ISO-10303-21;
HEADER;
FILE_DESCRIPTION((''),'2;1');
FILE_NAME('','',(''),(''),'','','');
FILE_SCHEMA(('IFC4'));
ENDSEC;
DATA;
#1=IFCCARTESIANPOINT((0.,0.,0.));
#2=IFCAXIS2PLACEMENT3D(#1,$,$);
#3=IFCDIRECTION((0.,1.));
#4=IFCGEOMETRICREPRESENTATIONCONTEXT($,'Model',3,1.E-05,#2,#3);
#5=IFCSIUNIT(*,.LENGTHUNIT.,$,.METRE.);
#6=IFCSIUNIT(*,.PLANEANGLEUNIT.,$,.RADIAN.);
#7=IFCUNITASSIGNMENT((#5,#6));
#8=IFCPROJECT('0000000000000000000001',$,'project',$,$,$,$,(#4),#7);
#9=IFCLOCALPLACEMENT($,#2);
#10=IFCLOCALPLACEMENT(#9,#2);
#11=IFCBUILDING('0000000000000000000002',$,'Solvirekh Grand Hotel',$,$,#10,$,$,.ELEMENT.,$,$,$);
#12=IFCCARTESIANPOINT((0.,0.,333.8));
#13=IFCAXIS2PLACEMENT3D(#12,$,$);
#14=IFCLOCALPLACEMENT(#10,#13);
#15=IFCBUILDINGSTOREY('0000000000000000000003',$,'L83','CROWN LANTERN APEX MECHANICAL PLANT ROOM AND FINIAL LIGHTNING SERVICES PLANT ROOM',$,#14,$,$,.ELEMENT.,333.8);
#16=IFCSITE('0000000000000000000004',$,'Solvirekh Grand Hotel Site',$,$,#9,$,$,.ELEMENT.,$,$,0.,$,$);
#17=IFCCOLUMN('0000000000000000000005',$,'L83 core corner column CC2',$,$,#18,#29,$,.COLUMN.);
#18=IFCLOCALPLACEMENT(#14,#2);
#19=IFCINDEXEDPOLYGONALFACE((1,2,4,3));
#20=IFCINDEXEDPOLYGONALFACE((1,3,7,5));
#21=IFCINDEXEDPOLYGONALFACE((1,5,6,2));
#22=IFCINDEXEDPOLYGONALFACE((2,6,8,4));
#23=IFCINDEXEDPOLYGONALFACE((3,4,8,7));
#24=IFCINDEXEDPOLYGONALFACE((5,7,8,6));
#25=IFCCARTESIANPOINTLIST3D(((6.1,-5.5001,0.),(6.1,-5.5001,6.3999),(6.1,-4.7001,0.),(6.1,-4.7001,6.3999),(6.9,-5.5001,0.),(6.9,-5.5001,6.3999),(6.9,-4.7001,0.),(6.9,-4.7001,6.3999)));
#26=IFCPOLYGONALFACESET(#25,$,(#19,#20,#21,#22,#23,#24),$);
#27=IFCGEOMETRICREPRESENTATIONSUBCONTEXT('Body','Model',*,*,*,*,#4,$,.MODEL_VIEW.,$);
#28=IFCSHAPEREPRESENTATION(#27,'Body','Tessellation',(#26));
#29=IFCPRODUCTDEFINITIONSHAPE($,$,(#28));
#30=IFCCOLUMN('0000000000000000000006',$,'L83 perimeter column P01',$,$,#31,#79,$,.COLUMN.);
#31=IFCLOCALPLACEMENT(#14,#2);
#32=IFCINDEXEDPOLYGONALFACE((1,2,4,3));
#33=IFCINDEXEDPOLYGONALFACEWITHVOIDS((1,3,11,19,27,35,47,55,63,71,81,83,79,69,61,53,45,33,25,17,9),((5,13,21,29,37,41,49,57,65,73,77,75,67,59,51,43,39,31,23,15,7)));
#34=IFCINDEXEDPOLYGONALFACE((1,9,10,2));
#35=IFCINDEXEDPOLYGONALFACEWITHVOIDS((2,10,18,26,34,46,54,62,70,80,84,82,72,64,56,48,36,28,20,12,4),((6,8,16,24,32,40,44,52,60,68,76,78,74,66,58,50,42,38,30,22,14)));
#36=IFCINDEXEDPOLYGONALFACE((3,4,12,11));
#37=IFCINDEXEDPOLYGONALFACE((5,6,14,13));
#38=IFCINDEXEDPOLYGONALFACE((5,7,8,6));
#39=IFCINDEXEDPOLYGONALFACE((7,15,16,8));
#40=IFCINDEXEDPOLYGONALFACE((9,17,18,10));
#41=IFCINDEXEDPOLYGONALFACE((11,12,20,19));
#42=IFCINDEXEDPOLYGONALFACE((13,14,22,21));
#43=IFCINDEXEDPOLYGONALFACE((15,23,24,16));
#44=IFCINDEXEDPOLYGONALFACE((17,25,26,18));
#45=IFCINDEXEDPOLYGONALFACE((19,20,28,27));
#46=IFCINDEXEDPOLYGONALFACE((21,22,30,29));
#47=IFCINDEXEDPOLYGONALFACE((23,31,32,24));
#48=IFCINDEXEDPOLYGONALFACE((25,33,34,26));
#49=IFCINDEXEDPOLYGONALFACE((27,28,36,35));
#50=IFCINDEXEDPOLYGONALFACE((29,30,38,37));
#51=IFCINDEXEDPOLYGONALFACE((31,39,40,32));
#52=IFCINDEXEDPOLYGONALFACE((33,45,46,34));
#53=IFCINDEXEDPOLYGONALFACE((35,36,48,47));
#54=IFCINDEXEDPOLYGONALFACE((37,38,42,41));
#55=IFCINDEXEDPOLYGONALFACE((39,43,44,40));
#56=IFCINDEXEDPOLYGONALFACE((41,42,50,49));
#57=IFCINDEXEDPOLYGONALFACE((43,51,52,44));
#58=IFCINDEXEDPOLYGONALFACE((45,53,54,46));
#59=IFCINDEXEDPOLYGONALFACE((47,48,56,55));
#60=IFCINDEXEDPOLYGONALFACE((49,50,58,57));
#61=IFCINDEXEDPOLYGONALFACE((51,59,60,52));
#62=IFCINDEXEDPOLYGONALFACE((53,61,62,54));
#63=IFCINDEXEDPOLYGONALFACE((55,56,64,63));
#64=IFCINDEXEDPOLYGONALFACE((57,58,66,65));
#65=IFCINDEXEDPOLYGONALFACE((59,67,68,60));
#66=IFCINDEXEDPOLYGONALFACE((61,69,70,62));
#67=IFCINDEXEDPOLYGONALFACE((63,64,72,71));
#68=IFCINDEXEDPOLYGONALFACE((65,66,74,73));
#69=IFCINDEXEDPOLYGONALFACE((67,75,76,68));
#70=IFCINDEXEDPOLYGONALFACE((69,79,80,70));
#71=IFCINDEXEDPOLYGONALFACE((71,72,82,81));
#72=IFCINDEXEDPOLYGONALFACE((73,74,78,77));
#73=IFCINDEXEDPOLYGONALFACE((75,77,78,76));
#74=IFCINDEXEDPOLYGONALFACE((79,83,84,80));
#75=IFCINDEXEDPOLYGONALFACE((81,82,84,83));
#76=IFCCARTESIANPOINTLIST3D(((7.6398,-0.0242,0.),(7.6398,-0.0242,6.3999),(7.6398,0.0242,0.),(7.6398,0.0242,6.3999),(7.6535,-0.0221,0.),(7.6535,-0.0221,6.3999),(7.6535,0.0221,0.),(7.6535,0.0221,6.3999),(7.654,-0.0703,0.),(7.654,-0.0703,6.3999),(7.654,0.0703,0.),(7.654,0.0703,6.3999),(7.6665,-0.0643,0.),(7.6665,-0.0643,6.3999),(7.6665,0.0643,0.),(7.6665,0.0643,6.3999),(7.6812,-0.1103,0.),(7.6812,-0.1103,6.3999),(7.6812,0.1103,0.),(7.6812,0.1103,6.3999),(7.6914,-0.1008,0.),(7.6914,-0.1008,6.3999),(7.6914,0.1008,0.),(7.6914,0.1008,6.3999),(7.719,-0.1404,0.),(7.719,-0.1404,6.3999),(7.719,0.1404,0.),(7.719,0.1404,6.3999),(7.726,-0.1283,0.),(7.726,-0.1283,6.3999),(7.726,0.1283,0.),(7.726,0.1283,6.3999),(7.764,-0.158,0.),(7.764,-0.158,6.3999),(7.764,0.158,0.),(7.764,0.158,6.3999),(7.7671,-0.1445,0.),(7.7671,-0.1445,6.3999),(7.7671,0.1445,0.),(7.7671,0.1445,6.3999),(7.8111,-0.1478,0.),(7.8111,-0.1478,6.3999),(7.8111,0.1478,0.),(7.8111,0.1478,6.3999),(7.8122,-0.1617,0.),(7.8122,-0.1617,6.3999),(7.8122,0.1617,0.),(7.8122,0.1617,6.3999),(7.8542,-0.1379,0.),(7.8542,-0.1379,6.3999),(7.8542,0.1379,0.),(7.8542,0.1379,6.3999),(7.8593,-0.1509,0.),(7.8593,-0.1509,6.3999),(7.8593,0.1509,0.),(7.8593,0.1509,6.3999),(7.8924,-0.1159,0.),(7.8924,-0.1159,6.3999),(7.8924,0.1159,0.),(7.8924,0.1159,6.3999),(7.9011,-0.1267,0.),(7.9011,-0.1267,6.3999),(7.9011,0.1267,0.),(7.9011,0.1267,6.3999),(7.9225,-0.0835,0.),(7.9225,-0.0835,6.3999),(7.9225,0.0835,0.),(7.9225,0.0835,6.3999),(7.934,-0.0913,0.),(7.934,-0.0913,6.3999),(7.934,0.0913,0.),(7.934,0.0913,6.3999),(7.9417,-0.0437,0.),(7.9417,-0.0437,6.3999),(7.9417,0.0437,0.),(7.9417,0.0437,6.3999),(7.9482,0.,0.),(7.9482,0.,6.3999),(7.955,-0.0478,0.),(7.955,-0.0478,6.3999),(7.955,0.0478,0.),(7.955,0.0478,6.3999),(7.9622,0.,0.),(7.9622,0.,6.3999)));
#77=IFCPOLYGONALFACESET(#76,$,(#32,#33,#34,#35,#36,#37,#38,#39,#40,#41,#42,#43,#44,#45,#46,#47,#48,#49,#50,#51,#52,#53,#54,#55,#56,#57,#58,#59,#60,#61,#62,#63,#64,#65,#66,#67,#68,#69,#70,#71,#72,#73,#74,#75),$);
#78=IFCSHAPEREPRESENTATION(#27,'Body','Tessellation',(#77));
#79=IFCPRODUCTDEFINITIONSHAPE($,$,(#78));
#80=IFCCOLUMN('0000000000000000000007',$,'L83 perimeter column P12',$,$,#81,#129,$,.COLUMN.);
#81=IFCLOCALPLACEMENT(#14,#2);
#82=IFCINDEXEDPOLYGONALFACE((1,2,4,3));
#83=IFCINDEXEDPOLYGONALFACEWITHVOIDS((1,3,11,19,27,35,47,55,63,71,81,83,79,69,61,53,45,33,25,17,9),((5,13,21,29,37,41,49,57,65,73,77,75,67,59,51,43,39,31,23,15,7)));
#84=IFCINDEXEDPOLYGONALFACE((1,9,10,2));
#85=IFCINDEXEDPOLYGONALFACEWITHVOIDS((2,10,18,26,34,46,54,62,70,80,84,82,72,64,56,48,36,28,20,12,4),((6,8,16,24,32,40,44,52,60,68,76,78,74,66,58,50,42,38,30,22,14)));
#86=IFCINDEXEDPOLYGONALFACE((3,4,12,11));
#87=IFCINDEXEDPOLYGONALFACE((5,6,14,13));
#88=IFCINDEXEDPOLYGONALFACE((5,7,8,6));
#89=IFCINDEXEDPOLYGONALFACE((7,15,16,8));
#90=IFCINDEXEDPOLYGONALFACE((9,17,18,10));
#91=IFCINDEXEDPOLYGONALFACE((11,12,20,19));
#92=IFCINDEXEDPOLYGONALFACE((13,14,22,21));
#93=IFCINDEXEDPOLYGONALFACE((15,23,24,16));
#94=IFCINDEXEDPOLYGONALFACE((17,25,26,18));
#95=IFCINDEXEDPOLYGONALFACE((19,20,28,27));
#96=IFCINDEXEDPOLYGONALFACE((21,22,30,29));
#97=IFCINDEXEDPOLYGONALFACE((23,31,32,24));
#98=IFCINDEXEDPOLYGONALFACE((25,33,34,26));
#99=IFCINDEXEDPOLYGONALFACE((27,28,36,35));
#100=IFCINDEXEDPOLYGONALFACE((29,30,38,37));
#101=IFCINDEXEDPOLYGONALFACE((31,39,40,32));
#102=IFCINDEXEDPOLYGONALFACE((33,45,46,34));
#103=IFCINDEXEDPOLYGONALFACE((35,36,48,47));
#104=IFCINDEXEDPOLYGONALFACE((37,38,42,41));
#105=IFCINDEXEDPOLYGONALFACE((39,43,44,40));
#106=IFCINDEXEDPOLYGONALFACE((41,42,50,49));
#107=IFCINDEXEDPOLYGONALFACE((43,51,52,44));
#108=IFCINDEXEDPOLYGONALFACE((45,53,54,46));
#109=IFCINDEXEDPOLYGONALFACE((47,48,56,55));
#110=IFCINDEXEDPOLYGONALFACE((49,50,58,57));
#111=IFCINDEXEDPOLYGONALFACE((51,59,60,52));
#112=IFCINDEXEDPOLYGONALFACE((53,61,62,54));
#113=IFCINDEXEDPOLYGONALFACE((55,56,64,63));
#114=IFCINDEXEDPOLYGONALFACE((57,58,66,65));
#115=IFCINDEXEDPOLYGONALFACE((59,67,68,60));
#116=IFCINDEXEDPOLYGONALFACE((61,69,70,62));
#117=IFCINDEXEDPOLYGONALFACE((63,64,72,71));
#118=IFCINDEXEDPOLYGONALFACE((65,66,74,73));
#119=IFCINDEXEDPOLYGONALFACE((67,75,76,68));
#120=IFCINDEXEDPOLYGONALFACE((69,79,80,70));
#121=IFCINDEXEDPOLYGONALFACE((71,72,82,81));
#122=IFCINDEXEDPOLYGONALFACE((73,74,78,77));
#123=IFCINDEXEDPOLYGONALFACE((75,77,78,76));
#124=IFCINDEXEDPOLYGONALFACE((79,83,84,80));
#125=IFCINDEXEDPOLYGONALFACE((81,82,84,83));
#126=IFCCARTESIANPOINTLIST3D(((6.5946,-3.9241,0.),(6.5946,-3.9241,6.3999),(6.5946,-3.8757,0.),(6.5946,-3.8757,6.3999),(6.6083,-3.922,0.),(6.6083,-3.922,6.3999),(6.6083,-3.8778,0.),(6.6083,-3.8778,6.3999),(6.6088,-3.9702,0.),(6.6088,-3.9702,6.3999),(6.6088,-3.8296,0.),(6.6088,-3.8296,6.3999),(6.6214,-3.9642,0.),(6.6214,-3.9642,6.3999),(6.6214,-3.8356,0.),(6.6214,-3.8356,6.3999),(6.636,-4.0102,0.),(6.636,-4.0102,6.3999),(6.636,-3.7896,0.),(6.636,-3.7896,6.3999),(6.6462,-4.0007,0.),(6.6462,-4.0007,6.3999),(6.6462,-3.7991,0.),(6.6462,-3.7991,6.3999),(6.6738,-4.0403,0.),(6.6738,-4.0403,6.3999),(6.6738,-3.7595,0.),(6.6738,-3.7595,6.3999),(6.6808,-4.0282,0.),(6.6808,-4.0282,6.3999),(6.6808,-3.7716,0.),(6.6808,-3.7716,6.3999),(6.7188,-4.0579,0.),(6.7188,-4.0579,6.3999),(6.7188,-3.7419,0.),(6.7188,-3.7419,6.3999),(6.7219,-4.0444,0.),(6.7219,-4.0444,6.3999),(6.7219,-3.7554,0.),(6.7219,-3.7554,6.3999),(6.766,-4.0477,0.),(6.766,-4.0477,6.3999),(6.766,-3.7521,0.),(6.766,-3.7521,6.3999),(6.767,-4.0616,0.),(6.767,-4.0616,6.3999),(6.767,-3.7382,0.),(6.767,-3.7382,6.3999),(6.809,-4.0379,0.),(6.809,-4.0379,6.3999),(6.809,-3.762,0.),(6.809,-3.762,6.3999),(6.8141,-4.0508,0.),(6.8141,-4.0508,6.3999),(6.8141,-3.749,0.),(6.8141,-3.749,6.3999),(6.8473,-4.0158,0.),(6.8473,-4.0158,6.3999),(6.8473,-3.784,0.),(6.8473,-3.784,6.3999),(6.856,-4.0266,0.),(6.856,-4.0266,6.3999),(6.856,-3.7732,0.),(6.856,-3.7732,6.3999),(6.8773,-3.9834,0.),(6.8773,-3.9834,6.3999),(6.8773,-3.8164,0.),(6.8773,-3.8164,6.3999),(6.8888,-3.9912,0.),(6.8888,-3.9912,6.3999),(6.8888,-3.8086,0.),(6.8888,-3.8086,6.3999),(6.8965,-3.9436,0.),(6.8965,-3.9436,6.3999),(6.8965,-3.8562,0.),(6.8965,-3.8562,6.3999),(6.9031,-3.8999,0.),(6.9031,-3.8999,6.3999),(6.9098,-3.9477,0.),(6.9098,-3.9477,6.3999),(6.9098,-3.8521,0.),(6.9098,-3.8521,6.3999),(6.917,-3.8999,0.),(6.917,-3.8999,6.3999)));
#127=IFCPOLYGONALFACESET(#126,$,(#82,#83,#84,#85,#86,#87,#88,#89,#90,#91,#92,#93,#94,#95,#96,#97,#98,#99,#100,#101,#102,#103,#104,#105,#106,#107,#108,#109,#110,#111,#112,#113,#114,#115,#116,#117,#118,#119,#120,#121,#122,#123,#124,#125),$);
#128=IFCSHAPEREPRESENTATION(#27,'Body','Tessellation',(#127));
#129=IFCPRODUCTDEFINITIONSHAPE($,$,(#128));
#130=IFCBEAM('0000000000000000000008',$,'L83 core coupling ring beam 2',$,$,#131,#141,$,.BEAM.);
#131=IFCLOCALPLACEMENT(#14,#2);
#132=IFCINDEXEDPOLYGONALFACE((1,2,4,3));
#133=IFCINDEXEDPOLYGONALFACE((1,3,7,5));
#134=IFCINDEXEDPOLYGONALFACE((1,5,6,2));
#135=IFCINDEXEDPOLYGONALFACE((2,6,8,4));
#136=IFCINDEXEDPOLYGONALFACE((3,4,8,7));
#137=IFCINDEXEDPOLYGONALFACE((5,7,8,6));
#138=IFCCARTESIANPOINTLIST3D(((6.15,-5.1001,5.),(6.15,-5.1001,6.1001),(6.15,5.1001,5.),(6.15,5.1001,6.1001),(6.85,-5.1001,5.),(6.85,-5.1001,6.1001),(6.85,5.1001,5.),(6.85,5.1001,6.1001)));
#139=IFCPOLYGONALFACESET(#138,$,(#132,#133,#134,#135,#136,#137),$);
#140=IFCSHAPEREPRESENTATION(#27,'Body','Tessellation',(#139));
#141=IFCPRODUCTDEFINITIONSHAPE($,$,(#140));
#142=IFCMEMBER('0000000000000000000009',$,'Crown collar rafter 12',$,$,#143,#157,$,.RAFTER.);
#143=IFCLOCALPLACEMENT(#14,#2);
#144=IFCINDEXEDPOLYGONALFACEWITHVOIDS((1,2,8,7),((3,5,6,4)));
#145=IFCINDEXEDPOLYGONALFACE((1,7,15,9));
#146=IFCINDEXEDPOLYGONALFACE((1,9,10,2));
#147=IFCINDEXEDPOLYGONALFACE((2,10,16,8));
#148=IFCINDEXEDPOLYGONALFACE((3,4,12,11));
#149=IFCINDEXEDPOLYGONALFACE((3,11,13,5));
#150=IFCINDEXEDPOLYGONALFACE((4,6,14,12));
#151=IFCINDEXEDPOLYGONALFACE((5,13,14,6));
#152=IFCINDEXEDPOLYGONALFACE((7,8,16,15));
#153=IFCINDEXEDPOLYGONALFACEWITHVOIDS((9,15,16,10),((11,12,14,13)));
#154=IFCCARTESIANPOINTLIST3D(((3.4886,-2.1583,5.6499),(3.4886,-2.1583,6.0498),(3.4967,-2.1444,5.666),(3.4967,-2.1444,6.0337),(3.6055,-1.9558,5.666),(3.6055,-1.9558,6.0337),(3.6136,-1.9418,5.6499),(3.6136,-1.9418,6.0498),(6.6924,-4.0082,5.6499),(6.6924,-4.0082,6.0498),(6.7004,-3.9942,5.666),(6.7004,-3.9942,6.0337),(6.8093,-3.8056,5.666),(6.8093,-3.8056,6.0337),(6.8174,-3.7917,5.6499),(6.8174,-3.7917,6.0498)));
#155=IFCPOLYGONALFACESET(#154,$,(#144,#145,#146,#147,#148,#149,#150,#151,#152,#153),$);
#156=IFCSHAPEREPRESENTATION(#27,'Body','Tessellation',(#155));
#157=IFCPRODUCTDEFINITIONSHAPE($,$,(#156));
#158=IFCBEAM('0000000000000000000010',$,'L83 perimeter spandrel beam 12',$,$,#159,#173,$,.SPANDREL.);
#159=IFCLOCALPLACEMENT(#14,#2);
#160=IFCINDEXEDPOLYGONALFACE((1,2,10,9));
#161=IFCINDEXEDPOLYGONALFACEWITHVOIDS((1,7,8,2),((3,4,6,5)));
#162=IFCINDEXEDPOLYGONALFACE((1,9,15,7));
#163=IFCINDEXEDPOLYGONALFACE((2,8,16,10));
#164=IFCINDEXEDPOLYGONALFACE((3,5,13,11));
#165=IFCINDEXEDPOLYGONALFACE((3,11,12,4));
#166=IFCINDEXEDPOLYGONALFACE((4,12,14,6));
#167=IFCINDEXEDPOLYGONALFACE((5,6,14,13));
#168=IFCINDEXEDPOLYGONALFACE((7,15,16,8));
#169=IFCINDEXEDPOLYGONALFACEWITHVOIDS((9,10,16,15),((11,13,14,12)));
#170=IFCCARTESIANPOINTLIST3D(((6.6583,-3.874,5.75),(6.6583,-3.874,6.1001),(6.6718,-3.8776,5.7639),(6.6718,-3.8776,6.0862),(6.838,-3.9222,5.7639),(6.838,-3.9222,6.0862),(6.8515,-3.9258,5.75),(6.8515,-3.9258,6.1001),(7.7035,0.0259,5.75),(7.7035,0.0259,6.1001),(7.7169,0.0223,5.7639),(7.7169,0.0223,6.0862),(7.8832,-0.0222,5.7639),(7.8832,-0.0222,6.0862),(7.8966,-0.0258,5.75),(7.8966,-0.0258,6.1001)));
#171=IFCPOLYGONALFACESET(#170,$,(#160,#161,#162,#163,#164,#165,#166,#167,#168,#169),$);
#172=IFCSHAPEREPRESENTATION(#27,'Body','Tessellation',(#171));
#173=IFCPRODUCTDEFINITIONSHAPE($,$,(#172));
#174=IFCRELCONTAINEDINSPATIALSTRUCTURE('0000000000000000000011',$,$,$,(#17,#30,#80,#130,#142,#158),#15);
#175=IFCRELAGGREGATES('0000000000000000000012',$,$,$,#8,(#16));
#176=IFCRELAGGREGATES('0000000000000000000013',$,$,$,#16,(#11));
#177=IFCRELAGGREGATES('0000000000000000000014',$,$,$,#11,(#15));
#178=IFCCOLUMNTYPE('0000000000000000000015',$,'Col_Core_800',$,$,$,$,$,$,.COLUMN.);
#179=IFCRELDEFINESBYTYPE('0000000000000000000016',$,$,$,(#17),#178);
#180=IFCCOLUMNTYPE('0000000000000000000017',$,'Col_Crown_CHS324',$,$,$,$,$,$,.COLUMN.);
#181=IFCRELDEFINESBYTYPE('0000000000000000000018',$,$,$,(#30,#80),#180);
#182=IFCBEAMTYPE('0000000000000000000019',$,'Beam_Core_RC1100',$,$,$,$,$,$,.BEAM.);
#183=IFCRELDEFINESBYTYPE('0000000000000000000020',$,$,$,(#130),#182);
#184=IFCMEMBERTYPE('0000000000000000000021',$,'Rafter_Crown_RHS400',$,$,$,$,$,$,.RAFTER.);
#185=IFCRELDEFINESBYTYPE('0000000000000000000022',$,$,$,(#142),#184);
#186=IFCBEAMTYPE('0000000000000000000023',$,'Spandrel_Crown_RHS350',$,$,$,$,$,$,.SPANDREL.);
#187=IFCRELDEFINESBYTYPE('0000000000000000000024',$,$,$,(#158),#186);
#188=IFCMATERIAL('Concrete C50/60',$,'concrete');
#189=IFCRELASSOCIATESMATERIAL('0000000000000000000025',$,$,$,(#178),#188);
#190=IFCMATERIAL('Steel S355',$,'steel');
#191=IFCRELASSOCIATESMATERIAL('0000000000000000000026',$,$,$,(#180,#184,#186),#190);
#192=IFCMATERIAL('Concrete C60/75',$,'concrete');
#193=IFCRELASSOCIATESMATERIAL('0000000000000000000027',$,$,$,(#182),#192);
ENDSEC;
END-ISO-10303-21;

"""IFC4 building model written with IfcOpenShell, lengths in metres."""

from ifc_helpers import new_model, si_unit, direction, frame, origin, origin_2d, place, context, subcontext, project, spatial, rectangle, hollow_rectangle, hollow_circle, extrude, material, material_profile, profile_set, type_object, element, save


model = new_model("IFC4")

# Units and contexts
model_context = context("Model", 3, precision=1e-05, world=origin(), true_north=direction((0.0, 1.0)))
body_context = subcontext(model_context, "Body", "Model", "MODEL_VIEW")
ifc_project = project(units=[si_unit("LENGTHUNIT", "METRE"), si_unit("PLANEANGLEUNIT", "RADIAN")], contexts=[model_context])

# Site, building, storey
site_placement = place(None, origin())
site = spatial("IfcSite", under=ifc_project, at=site_placement, Name="Solvirekh Grand Hotel Site", CompositionType="ELEMENT", RefElevation=0.0)
building_placement = place(site_placement, origin())
building = spatial("IfcBuilding", under=site, at=building_placement, Name="Solvirekh Grand Hotel", CompositionType="ELEMENT")
storey_placement = place(building_placement, frame((0.0, 0.0, 333.8)))
storey = spatial("IfcBuildingStorey", under=building, at=storey_placement, Name="L83", Description="CROWN LANTERN APEX MECHANICAL PLANT ROOM AND FINIAL LIGHTNING SERVICES PLANT ROOM", CompositionType="ELEMENT", Elevation=333.8)

# Columns
ifc_material_1 = material(Name="Concrete C50/60", Category="concrete")
ifc_material_profile_1 = material_profile(ifc_material_1, rectangle(XDim=0.8, YDim=0.8, at=origin_2d()), Name="RC 800X800")
ifc_profile_set_1 = profile_set([ifc_material_profile_1], Name="Concrete C50/60")
column_type_1 = type_object("IfcColumnType", Name="Col_Core_800", PredefinedType="COLUMN", material=ifc_profile_set_1)
column_placement = place(storey_placement, frame((6.5, -5.1001, 0.0), z_axis=(0.0, 0.0, 1.0), x_axis=(1.0, 0.0, 0.0)))
element("IfcColumn", 1, at=column_placement, inside=storey, type_object=column_type_1, Name="L83 core corner column CC2", PredefinedType="COLUMN", context=body_context, shape_type="SweptSolid", body=[
    extrude(rectangle(XDim=0.8, YDim=0.8, at=origin_2d()), origin(), (0.0, 0.0, 1.0), 6.3999),
])
ifc_material_2 = material(Name="Steel S355", Category="steel")
ifc_material_profile_2 = material_profile(ifc_material_2, hollow_circle(Radius=0.1621, WallThickness=0.0139, at=origin_2d()), Name="CHS 324X14")
ifc_profile_set_2 = profile_set([ifc_material_profile_2], Name="Steel S355")
column_type_2 = type_object("IfcColumnType", Name="Col_Crown_CHS324", PredefinedType="COLUMN", material=ifc_profile_set_2)
for number, where, z_axis, x_axis, name in (
    (2, (7.8, 0.0, 0.0), (0.0, 0.0, 1.0), (1.0, 0.0, 0.0), "L83 perimeter column P01"),
    (3, (6.7549, -3.8999, 0.0), (0.0, 0.0, 1.0), (1.0, 0.0, 0.0), "L83 perimeter column P12"),
):
    element("IfcColumn", number, at=place(storey_placement, frame(where, z_axis=z_axis, x_axis=x_axis)), inside=storey, type_object=column_type_2, Name=name, PredefinedType="COLUMN", context=body_context, shape_type="SweptSolid", body=[
        extrude(hollow_circle(Radius=0.1621, WallThickness=0.0139, at=origin_2d()), origin(), (0.0, 0.0, 1.0), 6.3999),
    ])

# Beam
ifc_material_3 = material(Name="Concrete C60/75", Category="concrete")
ifc_material_profile_3 = material_profile(ifc_material_3, rectangle(XDim=0.7, YDim=1.1001, at=origin_2d()), Name="RC BEAM 700X1100")
ifc_profile_set_3 = profile_set([ifc_material_profile_3], Name="Concrete C60/75")
beam_type_1 = type_object("IfcBeamType", Name="Beam_Core_RC1100", PredefinedType="BEAM", material=ifc_profile_set_3)
beam_1_placement = place(storey_placement, frame((6.5, -5.1001, 5.55), z_axis=(0.0, 1.0, 0.0), x_axis=(-1.0, 0.0, 0.0)))
element("IfcBeam", 4, at=beam_1_placement, inside=storey, type_object=beam_type_1, Name="L83 core coupling ring beam 2", PredefinedType="BEAM", context=body_context, shape_type="SweptSolid", body=[
    extrude(rectangle(XDim=0.7, YDim=1.1001, at=origin_2d()), origin(), (0.0, 0.0, 1.0), 10.2002),
])

# Member
ifc_material_profile_4 = material_profile(ifc_material_2, hollow_rectangle(XDim=0.25, YDim=0.3999, WallThickness=0.0161, at=origin_2d()), Name="RHS 400X250X16")
ifc_profile_set_4 = profile_set([ifc_material_profile_4], Name="Steel S355")
member_type_1 = type_object("IfcMemberType", Name="Rafter_Crown_RHS400", PredefinedType="RAFTER", material=ifc_profile_set_4)
member_1_placement = place(storey_placement, frame((6.7549, -3.8999, 5.8499), z_axis=(-0.866013, 0.500021, 0.0), x_axis=(-0.500021, -0.866013, 0.0)))
element("IfcMember", 5, at=member_1_placement, inside=storey, type_object=member_type_1, Name="Crown collar rafter 12", PredefinedType="RAFTER", context=body_context, shape_type="SweptSolid", body=[
    extrude(hollow_rectangle(XDim=0.25, YDim=0.3999, WallThickness=0.0161, at=origin_2d()), origin(), (0.0, 0.0, 1.0), 3.6995),
])

# Beam
ifc_material_profile_5 = material_profile(ifc_material_2, hollow_rectangle(XDim=0.2, YDim=0.3501, WallThickness=0.0139, at=origin_2d()), Name="RHS 350X200X14")
ifc_profile_set_5 = profile_set([ifc_material_profile_5], Name="Steel S355")
beam_type_2 = type_object("IfcBeamType", Name="Spandrel_Crown_RHS350", PredefinedType="SPANDREL", material=ifc_profile_set_5)
beam_2_placement = place(storey_placement, frame((6.7549, -3.8999, 5.925), z_axis=(0.258863, 0.965914, 0.0), x_axis=(-0.965914, 0.258863, 0.0)))
element("IfcBeam", 6, at=beam_2_placement, inside=storey, type_object=beam_type_2, Name="L83 perimeter spandrel beam 12", PredefinedType="SPANDREL", context=body_context, shape_type="SweptSolid", body=[
    extrude(hollow_rectangle(XDim=0.2, YDim=0.3501, WallThickness=0.0139, at=origin_2d()), origin(), (0.0, 0.0, 1.0), 4.0376),
])

save(model, "model.ifc")
